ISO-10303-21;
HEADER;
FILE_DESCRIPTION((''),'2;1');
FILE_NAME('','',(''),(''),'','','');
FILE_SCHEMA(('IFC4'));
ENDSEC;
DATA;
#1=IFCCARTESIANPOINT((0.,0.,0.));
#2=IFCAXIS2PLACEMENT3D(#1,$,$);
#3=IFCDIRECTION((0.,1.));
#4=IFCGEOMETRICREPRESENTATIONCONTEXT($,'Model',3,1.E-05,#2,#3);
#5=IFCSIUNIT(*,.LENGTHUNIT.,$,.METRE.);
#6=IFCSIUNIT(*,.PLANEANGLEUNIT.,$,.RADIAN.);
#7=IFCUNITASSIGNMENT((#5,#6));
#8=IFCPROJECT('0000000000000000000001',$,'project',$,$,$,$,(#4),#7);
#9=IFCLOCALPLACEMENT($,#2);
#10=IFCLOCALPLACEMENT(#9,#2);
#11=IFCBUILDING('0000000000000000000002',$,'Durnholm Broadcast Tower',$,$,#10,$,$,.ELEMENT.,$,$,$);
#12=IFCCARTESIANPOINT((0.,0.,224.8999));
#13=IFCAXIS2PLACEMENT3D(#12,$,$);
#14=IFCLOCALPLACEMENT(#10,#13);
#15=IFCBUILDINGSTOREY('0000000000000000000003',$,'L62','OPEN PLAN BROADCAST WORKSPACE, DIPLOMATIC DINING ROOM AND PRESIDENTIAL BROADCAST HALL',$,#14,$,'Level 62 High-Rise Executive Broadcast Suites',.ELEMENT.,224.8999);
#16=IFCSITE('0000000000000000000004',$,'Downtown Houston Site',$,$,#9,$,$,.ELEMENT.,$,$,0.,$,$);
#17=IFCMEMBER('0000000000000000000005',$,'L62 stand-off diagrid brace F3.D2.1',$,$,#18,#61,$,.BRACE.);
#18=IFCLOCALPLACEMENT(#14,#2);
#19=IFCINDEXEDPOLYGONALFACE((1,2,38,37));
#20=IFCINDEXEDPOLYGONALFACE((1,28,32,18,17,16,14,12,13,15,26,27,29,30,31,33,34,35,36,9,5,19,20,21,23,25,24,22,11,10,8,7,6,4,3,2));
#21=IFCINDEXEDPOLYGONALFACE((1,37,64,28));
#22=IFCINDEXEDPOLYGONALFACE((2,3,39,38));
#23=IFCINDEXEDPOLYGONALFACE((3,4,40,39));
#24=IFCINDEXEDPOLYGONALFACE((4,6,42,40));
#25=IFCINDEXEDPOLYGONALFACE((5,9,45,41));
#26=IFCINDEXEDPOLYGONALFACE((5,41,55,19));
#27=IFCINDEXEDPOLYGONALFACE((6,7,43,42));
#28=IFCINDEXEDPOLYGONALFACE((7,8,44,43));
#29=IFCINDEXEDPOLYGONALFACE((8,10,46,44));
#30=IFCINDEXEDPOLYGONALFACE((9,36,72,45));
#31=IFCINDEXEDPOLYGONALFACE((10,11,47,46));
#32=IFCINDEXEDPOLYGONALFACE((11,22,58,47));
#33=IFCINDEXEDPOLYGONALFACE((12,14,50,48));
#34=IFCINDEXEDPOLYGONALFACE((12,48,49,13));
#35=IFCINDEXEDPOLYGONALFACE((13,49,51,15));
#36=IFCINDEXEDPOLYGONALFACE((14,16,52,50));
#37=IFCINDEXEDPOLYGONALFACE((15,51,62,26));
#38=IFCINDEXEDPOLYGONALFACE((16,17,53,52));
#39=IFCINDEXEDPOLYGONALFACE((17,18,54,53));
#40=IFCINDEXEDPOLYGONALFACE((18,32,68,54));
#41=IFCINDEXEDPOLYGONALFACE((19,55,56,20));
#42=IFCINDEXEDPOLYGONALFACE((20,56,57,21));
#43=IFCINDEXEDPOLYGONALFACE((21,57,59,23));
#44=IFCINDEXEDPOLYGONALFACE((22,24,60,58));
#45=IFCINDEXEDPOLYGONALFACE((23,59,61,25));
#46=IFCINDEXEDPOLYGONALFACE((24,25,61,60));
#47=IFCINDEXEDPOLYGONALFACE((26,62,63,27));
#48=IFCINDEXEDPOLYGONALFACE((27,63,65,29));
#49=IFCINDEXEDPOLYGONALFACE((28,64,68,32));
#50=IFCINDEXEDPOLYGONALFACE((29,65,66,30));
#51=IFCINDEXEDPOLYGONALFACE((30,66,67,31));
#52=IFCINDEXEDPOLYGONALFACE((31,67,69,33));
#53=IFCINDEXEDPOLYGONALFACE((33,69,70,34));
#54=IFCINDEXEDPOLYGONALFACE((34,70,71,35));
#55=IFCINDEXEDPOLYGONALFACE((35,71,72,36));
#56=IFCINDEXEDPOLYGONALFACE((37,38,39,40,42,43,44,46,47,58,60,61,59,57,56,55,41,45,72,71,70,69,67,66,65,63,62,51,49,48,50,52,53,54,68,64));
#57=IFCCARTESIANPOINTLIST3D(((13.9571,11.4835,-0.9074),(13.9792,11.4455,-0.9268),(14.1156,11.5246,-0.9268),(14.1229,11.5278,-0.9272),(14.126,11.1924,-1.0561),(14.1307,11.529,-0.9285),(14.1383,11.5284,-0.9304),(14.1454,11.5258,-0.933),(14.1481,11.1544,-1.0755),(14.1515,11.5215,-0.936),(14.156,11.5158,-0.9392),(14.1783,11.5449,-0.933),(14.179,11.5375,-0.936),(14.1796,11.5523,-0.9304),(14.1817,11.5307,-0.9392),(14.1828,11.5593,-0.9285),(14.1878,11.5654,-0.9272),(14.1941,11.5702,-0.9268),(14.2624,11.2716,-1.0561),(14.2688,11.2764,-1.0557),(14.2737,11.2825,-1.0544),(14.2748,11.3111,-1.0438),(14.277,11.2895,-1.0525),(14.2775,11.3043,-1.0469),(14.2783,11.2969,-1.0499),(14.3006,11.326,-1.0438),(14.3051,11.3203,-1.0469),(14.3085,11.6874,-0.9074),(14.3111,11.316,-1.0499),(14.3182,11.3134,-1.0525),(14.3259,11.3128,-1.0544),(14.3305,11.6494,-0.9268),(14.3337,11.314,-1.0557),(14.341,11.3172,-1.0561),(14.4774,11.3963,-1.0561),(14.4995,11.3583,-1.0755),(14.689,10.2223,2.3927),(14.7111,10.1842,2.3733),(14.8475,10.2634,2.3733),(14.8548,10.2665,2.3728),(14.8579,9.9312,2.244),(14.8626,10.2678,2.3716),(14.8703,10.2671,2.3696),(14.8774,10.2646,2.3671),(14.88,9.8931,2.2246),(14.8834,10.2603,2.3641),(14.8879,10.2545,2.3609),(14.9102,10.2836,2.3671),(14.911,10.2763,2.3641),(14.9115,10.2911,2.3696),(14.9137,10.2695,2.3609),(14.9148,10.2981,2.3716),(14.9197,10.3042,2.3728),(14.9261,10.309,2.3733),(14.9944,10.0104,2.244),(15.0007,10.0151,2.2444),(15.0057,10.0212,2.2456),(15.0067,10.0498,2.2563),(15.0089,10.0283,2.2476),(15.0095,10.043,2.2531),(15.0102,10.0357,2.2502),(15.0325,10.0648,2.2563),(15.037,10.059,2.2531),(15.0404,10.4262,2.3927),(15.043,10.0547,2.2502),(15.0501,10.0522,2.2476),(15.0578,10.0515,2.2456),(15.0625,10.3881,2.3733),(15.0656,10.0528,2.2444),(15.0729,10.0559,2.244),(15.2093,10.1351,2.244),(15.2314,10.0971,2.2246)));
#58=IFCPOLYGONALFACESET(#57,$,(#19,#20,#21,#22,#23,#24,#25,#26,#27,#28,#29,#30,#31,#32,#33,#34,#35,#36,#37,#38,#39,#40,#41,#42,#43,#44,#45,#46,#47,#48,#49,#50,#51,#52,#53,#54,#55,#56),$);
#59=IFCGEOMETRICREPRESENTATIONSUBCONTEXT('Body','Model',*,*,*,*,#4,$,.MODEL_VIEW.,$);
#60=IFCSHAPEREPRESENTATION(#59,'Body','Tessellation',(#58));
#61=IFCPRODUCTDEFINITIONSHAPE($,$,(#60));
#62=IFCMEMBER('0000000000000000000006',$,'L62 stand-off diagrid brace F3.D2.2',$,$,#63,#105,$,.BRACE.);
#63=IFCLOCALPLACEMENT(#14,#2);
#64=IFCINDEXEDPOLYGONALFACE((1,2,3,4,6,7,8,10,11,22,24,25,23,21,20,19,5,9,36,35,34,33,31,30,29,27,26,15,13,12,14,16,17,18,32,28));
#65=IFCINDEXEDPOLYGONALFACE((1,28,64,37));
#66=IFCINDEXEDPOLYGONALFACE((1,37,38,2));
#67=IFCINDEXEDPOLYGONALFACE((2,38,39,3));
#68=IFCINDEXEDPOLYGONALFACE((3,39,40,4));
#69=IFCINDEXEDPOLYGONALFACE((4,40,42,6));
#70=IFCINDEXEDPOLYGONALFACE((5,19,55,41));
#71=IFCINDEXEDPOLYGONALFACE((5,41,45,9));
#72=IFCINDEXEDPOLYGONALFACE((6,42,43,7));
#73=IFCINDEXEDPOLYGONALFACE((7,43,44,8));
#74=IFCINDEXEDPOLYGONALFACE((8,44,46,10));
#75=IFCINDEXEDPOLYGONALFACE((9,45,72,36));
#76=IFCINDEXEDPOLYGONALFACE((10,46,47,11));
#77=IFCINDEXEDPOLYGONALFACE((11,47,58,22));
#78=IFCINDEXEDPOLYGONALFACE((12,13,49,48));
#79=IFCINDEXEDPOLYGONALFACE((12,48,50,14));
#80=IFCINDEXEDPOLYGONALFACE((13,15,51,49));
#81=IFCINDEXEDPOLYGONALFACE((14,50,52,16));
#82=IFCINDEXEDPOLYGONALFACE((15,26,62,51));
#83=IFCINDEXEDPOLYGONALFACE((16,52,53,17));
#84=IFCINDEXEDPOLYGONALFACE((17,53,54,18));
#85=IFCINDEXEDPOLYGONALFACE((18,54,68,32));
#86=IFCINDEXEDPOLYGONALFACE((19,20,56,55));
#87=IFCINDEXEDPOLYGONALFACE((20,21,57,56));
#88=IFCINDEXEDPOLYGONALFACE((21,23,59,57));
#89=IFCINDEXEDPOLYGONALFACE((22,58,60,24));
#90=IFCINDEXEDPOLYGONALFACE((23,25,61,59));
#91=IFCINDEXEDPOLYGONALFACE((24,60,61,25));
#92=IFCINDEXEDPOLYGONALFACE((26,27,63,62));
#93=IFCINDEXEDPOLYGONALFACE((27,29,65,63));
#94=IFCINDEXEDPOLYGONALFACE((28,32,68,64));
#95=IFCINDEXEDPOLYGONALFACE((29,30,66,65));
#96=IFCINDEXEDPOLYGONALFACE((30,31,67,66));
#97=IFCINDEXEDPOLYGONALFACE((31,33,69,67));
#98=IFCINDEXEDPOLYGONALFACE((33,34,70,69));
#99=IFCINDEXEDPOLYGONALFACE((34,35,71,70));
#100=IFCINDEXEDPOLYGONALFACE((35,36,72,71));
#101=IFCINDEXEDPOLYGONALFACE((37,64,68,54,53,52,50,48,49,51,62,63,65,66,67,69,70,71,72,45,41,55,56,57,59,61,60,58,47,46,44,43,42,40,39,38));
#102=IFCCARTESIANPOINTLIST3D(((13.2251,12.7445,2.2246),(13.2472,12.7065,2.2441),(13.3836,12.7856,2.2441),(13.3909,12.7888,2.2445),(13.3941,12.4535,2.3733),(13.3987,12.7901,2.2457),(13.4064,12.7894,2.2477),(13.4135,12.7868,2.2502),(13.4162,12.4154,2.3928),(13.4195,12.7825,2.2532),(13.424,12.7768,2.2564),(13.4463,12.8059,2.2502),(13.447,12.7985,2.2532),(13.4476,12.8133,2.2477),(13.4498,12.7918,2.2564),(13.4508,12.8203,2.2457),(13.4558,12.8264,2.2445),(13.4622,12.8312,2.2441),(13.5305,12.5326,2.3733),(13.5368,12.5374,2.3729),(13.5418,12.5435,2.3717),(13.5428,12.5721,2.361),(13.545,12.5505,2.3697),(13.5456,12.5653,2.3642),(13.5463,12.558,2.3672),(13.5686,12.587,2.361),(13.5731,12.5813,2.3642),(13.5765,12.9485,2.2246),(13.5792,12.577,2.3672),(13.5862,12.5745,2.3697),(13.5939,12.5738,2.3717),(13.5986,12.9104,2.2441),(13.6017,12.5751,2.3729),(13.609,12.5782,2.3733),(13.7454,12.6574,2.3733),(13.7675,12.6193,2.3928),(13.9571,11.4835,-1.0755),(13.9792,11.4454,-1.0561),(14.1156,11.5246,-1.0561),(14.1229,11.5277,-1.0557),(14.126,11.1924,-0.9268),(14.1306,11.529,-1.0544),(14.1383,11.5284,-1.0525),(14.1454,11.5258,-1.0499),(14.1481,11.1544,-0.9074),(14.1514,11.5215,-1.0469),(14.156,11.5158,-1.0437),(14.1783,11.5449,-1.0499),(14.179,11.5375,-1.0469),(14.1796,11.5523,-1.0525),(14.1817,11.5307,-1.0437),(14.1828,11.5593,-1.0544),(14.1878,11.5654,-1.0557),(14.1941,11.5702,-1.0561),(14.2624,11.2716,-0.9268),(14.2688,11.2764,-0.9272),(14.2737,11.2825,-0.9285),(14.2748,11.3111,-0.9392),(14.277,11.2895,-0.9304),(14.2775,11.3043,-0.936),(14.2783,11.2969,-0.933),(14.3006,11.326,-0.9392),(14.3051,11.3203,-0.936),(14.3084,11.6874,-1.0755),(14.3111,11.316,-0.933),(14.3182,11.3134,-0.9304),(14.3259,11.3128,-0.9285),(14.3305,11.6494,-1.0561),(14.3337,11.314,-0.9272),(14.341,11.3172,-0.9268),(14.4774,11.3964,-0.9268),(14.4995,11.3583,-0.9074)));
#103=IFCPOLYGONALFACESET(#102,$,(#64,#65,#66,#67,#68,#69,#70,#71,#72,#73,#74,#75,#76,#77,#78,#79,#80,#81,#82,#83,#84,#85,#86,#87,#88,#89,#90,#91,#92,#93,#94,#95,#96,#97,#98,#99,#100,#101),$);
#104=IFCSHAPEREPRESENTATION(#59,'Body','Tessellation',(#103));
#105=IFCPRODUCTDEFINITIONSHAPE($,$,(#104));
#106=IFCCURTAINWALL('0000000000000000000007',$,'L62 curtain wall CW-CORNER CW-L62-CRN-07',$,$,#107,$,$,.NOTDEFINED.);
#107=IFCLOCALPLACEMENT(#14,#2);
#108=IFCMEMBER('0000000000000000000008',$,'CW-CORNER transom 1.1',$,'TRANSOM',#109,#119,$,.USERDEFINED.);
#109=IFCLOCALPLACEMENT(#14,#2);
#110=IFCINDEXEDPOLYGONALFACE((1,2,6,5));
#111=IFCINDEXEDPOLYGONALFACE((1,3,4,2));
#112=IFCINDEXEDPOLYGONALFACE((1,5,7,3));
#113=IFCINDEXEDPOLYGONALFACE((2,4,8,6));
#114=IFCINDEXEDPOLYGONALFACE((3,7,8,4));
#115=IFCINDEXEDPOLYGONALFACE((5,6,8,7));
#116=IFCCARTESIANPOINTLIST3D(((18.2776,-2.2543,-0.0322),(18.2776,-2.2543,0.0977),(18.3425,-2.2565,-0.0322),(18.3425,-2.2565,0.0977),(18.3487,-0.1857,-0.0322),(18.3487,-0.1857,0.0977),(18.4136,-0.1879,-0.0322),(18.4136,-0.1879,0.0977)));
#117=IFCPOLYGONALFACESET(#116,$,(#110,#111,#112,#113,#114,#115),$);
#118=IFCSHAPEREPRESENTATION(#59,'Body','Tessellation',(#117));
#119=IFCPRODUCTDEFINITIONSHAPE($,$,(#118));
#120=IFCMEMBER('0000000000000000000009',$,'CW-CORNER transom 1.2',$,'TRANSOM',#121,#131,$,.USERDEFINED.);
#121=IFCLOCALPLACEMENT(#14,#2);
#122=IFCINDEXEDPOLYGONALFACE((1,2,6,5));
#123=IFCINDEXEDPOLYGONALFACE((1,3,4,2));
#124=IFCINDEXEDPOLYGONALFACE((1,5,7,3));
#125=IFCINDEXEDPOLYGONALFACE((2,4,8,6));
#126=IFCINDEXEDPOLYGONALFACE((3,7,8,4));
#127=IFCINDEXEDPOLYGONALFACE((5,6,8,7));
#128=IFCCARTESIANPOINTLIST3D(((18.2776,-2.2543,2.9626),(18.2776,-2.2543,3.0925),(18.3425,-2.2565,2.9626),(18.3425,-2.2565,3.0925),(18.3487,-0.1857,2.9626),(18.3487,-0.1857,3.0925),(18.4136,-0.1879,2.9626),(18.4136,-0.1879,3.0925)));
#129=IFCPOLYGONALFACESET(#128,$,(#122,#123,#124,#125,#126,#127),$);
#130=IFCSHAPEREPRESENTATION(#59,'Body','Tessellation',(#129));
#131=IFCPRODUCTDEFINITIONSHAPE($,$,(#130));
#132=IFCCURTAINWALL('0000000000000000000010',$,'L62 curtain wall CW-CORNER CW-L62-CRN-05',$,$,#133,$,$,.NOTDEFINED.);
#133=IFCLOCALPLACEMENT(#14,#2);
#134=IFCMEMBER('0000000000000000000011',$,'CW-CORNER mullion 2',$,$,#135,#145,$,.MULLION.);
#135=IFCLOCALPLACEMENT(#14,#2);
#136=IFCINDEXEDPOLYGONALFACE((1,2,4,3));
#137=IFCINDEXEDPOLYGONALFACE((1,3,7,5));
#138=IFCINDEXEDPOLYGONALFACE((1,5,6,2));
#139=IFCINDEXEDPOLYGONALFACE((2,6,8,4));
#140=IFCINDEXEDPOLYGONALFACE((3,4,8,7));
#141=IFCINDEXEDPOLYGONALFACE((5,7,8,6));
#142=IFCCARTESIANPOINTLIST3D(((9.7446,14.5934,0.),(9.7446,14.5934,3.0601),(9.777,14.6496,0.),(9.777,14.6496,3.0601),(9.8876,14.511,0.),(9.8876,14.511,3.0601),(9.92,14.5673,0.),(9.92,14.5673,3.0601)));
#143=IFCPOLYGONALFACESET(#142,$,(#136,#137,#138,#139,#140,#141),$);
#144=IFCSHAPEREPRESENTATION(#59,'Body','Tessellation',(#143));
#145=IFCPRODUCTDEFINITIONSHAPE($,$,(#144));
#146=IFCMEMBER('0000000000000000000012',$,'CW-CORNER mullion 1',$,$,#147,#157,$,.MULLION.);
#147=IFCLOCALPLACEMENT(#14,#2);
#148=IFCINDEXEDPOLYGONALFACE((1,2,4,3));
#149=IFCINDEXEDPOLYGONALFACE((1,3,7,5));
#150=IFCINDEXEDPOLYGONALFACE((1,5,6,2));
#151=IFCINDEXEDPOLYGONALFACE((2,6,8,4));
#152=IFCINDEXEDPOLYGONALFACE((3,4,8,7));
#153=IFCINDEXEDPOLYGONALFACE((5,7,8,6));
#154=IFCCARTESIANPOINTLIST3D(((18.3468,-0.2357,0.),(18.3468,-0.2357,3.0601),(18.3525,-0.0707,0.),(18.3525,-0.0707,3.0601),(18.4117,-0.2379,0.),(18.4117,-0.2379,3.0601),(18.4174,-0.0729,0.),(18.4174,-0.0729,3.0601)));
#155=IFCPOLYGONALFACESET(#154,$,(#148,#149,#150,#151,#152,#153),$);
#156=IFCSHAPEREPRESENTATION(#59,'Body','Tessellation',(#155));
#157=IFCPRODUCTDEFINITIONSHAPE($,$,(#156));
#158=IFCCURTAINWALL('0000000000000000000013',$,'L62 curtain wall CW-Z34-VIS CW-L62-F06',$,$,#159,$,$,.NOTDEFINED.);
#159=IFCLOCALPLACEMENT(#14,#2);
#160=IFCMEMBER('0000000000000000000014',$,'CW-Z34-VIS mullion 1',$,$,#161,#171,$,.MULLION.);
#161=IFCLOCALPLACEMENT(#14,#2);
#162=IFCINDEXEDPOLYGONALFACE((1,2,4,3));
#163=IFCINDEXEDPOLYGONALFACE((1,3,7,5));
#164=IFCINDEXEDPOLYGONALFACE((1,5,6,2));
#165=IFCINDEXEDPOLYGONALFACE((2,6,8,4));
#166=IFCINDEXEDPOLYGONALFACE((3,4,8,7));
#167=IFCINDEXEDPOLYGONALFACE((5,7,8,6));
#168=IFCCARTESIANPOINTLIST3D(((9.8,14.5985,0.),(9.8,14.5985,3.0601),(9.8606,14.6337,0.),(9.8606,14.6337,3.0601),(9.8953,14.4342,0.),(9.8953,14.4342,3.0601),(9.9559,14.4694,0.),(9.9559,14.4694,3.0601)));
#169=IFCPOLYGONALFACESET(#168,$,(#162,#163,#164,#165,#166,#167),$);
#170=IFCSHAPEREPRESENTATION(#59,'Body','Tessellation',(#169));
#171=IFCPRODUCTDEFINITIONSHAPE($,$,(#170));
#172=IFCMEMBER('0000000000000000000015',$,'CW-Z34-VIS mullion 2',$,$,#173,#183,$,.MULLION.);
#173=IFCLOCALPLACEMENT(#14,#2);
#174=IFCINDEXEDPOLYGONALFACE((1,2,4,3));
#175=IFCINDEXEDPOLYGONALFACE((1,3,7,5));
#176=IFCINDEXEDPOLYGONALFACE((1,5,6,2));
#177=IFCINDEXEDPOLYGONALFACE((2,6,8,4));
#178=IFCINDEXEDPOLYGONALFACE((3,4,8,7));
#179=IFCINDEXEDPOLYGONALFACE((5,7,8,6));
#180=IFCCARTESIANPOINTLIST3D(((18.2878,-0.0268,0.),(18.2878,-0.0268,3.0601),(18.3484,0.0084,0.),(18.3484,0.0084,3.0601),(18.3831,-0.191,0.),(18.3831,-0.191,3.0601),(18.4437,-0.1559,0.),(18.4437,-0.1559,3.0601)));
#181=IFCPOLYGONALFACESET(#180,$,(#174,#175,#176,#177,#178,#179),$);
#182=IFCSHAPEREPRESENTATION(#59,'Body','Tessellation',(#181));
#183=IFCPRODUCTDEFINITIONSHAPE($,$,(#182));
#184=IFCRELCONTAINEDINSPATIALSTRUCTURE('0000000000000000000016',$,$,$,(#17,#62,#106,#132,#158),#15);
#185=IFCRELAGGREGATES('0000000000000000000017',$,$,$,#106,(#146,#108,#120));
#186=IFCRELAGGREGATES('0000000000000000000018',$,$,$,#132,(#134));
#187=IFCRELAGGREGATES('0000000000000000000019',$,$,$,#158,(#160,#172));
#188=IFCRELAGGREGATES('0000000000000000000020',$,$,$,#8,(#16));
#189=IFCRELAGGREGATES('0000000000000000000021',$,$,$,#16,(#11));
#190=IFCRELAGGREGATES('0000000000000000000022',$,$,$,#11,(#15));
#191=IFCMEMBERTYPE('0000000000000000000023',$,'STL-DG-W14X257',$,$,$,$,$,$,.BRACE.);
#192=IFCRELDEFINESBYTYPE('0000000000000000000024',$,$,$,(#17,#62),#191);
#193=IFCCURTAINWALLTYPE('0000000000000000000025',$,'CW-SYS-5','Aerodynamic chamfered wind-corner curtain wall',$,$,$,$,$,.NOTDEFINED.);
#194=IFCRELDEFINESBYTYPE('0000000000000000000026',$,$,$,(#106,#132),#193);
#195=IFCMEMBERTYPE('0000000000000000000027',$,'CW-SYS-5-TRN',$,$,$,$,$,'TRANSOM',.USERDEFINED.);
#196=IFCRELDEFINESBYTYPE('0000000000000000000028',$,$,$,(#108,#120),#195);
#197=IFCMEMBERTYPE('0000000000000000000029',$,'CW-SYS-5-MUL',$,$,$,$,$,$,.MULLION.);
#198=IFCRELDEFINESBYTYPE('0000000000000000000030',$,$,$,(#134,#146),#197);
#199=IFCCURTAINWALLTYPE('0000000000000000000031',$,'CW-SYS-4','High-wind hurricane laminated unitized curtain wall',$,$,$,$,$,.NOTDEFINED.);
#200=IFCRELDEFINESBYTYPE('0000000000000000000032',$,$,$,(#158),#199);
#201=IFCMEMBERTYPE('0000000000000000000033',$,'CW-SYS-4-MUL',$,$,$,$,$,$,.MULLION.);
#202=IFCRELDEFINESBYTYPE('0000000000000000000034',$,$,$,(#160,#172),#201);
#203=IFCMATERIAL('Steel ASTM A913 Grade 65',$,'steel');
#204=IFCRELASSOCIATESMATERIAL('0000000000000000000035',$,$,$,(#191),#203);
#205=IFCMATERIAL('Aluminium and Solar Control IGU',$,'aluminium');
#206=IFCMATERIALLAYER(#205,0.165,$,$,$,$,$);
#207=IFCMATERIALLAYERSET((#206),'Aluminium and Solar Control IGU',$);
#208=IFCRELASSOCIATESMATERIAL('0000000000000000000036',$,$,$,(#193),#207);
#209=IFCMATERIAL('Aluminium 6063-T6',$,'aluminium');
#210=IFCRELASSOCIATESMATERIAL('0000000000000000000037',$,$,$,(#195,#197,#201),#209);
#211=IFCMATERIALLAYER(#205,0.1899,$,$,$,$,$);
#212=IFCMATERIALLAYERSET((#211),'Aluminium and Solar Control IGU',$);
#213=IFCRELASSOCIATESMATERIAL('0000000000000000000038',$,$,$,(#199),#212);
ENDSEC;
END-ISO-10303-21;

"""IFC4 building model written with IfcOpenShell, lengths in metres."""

from ifc_helpers import new_model, si_unit, direction, frame, origin, origin_2d, place, context, subcontext, project, spatial, rectangle, i_section, extrude, source, transform, mapped, material, layer, layer_set, material_profile, profile_set, type_object, type_shapes, element, aggregate, save


model = new_model("IFC4")

# Units and contexts
model_context = context("Model", 3, precision=1e-05, world=origin(), true_north=direction((0.0, 1.0)))
body_context = subcontext(model_context, "Body", "Model", "MODEL_VIEW")
ifc_project = project(units=[si_unit("LENGTHUNIT", "METRE"), si_unit("PLANEANGLEUNIT", "RADIAN")], contexts=[model_context])

# Site, building, storey
site_placement = place(None, origin())
site = spatial("IfcSite", under=ifc_project, at=site_placement, Name="Downtown Houston Site", CompositionType="ELEMENT", RefElevation=0.0)
building_placement = place(site_placement, origin())
building = spatial("IfcBuilding", under=site, at=building_placement, Name="Durnholm Broadcast Tower", CompositionType="ELEMENT")
storey_placement = place(building_placement, frame((0.0, 0.0, 224.8999)))
storey = spatial("IfcBuildingStorey", under=building, at=storey_placement, Name="L62", Description="OPEN PLAN BROADCAST WORKSPACE, DIPLOMATIC DINING ROOM AND PRESIDENTIAL BROADCAST HALL", LongName="Level 62 High-Rise Executive Broadcast Suites", CompositionType="ELEMENT", Elevation=224.8999)

# Members
ifc_material_1 = material(Name="Steel ASTM A913 Grade 65", Category="steel")
ifc_material_profile_1 = material_profile(ifc_material_1, i_section(OverallWidth=0.4062, OverallDepth=0.416, WebThickness=0.0298, FlangeThickness=0.0481, FilletRadius=0.0305, at=origin_2d()), Name="W14X257")
ifc_profile_set_1 = profile_set([ifc_material_profile_1], Name="Steel ASTM A913 Grade 65")
member_type_1 = type_object("IfcMemberType", Name="STL-DG-W14X257", PredefinedType="BRACE", material=ifc_profile_set_1)
shared_shape_1 = source(origin(), body_context, "Body", "SweptSolid", [
    extrude(i_section(OverallWidth=0.4062, OverallDepth=0.416, WebThickness=0.0298, FlangeThickness=0.0481, FilletRadius=0.0305, at=origin_2d()), origin(), (0.0, 0.0, 1.0), 3.6079),
])
type_shapes(member_type_1, [shared_shape_1])
for number, where, z_axis, x_axis, name in (
    (1, (14.2283, 11.4209, -0.9915), (0.202871, -0.349577, 0.91468), (0.864906, 0.501934, 0.0), "L62 stand-off diagrid brace F3.D2.1"),
    (2, (14.2283, 11.4209, -0.9915), (-0.202876, 0.349518, 0.914701), (-0.864864, -0.502006, 0.0), "L62 stand-off diagrid brace F3.D2.2"),
):
    element("IfcMember", number, at=place(storey_placement, frame(where, z_axis=z_axis, x_axis=x_axis)), inside=storey, type_object=member_type_1, Name=name, PredefinedType="BRACE", context=body_context, shape_type="MappedRepresentation", body=[
        mapped(shared_shape_1, transform((0.0, 0.0, 0.0), x_axis=(1.0, 0.0, 0.0), y_axis=(0.0, 1.0, 0.0), z_axis=(0.0, 0.0, 1.0), scale=1.0)),
    ])

# Curtain wall, members
ifc_material_2 = material(Name="Aluminium and Solar Control IGU", Category="aluminium")
ifc_layer_1 = layer(ifc_material_2, 0.165)
ifc_layer_set_1 = layer_set([ifc_layer_1], Name="Aluminium and Solar Control IGU")
curtain_wall_type_1 = type_object("IfcCurtainWallType", Name="CW-SYS-5", Description="Aerodynamic chamfered wind-corner curtain wall", PredefinedType="NOTDEFINED", material=ifc_layer_set_1)
curtain_wall_1_placement = place(storey_placement, origin())
curtain_wall_1 = element("IfcCurtainWall", 3, at=curtain_wall_1_placement, inside=storey, type_object=curtain_wall_type_1, Name="L62 curtain wall CW-CORNER CW-L62-CRN-07", PredefinedType="NOTDEFINED")
ifc_material_3 = material(Name="Aluminium 6063-T6", Category="aluminium")
ifc_material_profile_2 = material_profile(ifc_material_3, rectangle(XDim=0.0649, YDim=0.1299, at=origin_2d()), Name="CWT65X130")
ifc_profile_set_2 = profile_set([ifc_material_profile_2], Name="Aluminium 6063-T6")
member_type_2 = type_object("IfcMemberType", Name="CW-SYS-5-TRN", ElementType="TRANSOM", PredefinedType="USERDEFINED", material=ifc_profile_set_2)
shared_shape_2 = source(origin(), body_context, "Body", "SweptSolid", [
    extrude(rectangle(XDim=0.0649, YDim=0.1299, at=origin_2d()), origin(), (0.0, 0.0, 1.0), 2.0698),
])
type_shapes(member_type_2, [shared_shape_2])
member_1_placement = place(storey_placement, frame((18.3811, -0.1868, 0.0327), z_axis=(-0.034324, -0.999411, 0.0), x_axis=(0.999411, -0.034324, 0.0)))
member_1 = element("IfcMember", 4, at=member_1_placement, type_object=member_type_2, Name="CW-CORNER transom 1.1", ObjectType="TRANSOM", PredefinedType="USERDEFINED", context=body_context, shape_type="MappedRepresentation", body=[
    mapped(shared_shape_2, transform((0.0, 0.0, 0.0), x_axis=(1.0, 0.0, 0.0), y_axis=(0.0, 1.0, 0.0), z_axis=(0.0, 0.0, 1.0), scale=1.0)),
])
member_2_placement = place(storey_placement, frame((18.3811, -0.1868, 3.0276), z_axis=(-0.034324, -0.999411, 0.0), x_axis=(0.999411, -0.034324, 0.0)))
member_2 = element("IfcMember", 5, at=member_2_placement, type_object=member_type_2, Name="CW-CORNER transom 1.2", ObjectType="TRANSOM", PredefinedType="USERDEFINED", context=body_context, shape_type="MappedRepresentation", body=[
    mapped(shared_shape_2, transform((0.0, 0.0, 0.0), x_axis=(1.0, 0.0, 0.0), y_axis=(0.0, 1.0, 0.0), z_axis=(0.0, 0.0, 1.0), scale=1.0)),
])

# Curtain wall, member
curtain_wall_2_placement = place(storey_placement, origin())
curtain_wall_2 = element("IfcCurtainWall", 6, at=curtain_wall_2_placement, inside=storey, type_object=curtain_wall_type_1, Name="L62 curtain wall CW-CORNER CW-L62-CRN-05", PredefinedType="NOTDEFINED")
ifc_material_profile_3 = material_profile(ifc_material_3, rectangle(XDim=0.0649, YDim=0.165, at=origin_2d()), Name="CWM65X165")
ifc_profile_set_3 = profile_set([ifc_material_profile_3], Name="Aluminium 6063-T6")
member_type_3 = type_object("IfcMemberType", Name="CW-SYS-5-MUL", PredefinedType="MULLION", material=ifc_profile_set_3)
shared_shape_3 = source(origin(), body_context, "Body", "SweptSolid", [
    extrude(rectangle(XDim=0.0649, YDim=0.165, at=origin_2d()), origin(), (0.0, 0.0, 1.0), 3.0601),
])
type_shapes(member_type_3, [shared_shape_3])
member_3_placement = place(storey_placement, frame((9.8323, 14.5803, 0.0), z_axis=(0.0, 0.0, 1.0), x_axis=(0.499059, 0.866568, 0.0)))
member_3 = element("IfcMember", 7, at=member_3_placement, type_object=member_type_3, Name="CW-CORNER mullion 2", PredefinedType="MULLION", context=body_context, shape_type="MappedRepresentation", body=[
    mapped(shared_shape_3, transform((0.0, 0.0, 0.0), x_axis=(1.0, 0.0, 0.0), y_axis=(0.0, 1.0, 0.0), z_axis=(0.0, 0.0, 1.0), scale=1.0)),
])

# Member
member_4_placement = place(storey_placement, frame((18.3821, -0.1543, 0.0), z_axis=(0.0, 0.0, 1.0), x_axis=(0.999411, -0.034318, 0.0)))
member_4 = element("IfcMember", 8, at=member_4_placement, type_object=member_type_3, Name="CW-CORNER mullion 1", PredefinedType="MULLION", context=body_context, shape_type="MappedRepresentation", body=[
    mapped(shared_shape_3, transform((0.0, 0.0, 0.0), x_axis=(1.0, 0.0, 0.0), y_axis=(0.0, 1.0, 0.0), z_axis=(0.0, 0.0, 1.0), scale=1.0)),
])

# Curtain wall, members
ifc_layer_2 = layer(ifc_material_2, 0.1899)
ifc_layer_set_2 = layer_set([ifc_layer_2], Name="Aluminium and Solar Control IGU")
curtain_wall_type_2 = type_object("IfcCurtainWallType", Name="CW-SYS-4", Description="High-wind hurricane laminated unitized curtain wall", PredefinedType="NOTDEFINED", material=ifc_layer_set_2)
curtain_wall_3_placement = place(storey_placement, origin())
curtain_wall_3 = element("IfcCurtainWall", 9, at=curtain_wall_3_placement, inside=storey, type_object=curtain_wall_type_2, Name="L62 curtain wall CW-Z34-VIS CW-L62-F06", PredefinedType="NOTDEFINED")
ifc_material_profile_4 = material_profile(ifc_material_3, rectangle(XDim=0.0701, YDim=0.1899, at=origin_2d()), Name="CWM70X190")
ifc_profile_set_4 = profile_set([ifc_material_profile_4], Name="Aluminium 6063-T6")
member_type_4 = type_object("IfcMemberType", Name="CW-SYS-4-MUL", PredefinedType="MULLION", material=ifc_profile_set_4)
shared_shape_4 = source(origin(), body_context, "Body", "SweptSolid", [
    extrude(rectangle(XDim=0.0701, YDim=0.1899, at=origin_2d()), origin(), (0.0, 0.0, 1.0), 3.0601),
])
type_shapes(member_type_4, [shared_shape_4])
member_5_placement = place(storey_placement, frame((9.8779, 14.5339, 0.0), z_axis=(0.0, 0.0, 1.0), x_axis=(0.8649, 0.501944, 0.0)))
member_5 = element("IfcMember", 10, at=member_5_placement, type_object=member_type_4, Name="CW-Z34-VIS mullion 1", PredefinedType="MULLION", context=body_context, shape_type="MappedRepresentation", body=[
    mapped(shared_shape_4, transform((0.0, 0.0, 0.0), x_axis=(1.0, 0.0, 0.0), y_axis=(0.0, 1.0, 0.0), z_axis=(0.0, 0.0, 1.0), scale=1.0)),
])
member_6_placement = place(storey_placement, frame((18.3657, -0.0913, 0.0), z_axis=(0.0, 0.0, 1.0), x_axis=(0.8649, 0.501944, 0.0)))
member_6 = element("IfcMember", 11, at=member_6_placement, type_object=member_type_4, Name="CW-Z34-VIS mullion 2", PredefinedType="MULLION", context=body_context, shape_type="MappedRepresentation", body=[
    mapped(shared_shape_4, transform((0.0, 0.0, 0.0), x_axis=(1.0, 0.0, 0.0), y_axis=(0.0, 1.0, 0.0), z_axis=(0.0, 0.0, 1.0), scale=1.0)),
])

aggregate(curtain_wall_1, [member_4, member_1, member_2])
aggregate(curtain_wall_2, [member_3])
aggregate(curtain_wall_3, [member_5, member_6])

save(model, "model.ifc")
